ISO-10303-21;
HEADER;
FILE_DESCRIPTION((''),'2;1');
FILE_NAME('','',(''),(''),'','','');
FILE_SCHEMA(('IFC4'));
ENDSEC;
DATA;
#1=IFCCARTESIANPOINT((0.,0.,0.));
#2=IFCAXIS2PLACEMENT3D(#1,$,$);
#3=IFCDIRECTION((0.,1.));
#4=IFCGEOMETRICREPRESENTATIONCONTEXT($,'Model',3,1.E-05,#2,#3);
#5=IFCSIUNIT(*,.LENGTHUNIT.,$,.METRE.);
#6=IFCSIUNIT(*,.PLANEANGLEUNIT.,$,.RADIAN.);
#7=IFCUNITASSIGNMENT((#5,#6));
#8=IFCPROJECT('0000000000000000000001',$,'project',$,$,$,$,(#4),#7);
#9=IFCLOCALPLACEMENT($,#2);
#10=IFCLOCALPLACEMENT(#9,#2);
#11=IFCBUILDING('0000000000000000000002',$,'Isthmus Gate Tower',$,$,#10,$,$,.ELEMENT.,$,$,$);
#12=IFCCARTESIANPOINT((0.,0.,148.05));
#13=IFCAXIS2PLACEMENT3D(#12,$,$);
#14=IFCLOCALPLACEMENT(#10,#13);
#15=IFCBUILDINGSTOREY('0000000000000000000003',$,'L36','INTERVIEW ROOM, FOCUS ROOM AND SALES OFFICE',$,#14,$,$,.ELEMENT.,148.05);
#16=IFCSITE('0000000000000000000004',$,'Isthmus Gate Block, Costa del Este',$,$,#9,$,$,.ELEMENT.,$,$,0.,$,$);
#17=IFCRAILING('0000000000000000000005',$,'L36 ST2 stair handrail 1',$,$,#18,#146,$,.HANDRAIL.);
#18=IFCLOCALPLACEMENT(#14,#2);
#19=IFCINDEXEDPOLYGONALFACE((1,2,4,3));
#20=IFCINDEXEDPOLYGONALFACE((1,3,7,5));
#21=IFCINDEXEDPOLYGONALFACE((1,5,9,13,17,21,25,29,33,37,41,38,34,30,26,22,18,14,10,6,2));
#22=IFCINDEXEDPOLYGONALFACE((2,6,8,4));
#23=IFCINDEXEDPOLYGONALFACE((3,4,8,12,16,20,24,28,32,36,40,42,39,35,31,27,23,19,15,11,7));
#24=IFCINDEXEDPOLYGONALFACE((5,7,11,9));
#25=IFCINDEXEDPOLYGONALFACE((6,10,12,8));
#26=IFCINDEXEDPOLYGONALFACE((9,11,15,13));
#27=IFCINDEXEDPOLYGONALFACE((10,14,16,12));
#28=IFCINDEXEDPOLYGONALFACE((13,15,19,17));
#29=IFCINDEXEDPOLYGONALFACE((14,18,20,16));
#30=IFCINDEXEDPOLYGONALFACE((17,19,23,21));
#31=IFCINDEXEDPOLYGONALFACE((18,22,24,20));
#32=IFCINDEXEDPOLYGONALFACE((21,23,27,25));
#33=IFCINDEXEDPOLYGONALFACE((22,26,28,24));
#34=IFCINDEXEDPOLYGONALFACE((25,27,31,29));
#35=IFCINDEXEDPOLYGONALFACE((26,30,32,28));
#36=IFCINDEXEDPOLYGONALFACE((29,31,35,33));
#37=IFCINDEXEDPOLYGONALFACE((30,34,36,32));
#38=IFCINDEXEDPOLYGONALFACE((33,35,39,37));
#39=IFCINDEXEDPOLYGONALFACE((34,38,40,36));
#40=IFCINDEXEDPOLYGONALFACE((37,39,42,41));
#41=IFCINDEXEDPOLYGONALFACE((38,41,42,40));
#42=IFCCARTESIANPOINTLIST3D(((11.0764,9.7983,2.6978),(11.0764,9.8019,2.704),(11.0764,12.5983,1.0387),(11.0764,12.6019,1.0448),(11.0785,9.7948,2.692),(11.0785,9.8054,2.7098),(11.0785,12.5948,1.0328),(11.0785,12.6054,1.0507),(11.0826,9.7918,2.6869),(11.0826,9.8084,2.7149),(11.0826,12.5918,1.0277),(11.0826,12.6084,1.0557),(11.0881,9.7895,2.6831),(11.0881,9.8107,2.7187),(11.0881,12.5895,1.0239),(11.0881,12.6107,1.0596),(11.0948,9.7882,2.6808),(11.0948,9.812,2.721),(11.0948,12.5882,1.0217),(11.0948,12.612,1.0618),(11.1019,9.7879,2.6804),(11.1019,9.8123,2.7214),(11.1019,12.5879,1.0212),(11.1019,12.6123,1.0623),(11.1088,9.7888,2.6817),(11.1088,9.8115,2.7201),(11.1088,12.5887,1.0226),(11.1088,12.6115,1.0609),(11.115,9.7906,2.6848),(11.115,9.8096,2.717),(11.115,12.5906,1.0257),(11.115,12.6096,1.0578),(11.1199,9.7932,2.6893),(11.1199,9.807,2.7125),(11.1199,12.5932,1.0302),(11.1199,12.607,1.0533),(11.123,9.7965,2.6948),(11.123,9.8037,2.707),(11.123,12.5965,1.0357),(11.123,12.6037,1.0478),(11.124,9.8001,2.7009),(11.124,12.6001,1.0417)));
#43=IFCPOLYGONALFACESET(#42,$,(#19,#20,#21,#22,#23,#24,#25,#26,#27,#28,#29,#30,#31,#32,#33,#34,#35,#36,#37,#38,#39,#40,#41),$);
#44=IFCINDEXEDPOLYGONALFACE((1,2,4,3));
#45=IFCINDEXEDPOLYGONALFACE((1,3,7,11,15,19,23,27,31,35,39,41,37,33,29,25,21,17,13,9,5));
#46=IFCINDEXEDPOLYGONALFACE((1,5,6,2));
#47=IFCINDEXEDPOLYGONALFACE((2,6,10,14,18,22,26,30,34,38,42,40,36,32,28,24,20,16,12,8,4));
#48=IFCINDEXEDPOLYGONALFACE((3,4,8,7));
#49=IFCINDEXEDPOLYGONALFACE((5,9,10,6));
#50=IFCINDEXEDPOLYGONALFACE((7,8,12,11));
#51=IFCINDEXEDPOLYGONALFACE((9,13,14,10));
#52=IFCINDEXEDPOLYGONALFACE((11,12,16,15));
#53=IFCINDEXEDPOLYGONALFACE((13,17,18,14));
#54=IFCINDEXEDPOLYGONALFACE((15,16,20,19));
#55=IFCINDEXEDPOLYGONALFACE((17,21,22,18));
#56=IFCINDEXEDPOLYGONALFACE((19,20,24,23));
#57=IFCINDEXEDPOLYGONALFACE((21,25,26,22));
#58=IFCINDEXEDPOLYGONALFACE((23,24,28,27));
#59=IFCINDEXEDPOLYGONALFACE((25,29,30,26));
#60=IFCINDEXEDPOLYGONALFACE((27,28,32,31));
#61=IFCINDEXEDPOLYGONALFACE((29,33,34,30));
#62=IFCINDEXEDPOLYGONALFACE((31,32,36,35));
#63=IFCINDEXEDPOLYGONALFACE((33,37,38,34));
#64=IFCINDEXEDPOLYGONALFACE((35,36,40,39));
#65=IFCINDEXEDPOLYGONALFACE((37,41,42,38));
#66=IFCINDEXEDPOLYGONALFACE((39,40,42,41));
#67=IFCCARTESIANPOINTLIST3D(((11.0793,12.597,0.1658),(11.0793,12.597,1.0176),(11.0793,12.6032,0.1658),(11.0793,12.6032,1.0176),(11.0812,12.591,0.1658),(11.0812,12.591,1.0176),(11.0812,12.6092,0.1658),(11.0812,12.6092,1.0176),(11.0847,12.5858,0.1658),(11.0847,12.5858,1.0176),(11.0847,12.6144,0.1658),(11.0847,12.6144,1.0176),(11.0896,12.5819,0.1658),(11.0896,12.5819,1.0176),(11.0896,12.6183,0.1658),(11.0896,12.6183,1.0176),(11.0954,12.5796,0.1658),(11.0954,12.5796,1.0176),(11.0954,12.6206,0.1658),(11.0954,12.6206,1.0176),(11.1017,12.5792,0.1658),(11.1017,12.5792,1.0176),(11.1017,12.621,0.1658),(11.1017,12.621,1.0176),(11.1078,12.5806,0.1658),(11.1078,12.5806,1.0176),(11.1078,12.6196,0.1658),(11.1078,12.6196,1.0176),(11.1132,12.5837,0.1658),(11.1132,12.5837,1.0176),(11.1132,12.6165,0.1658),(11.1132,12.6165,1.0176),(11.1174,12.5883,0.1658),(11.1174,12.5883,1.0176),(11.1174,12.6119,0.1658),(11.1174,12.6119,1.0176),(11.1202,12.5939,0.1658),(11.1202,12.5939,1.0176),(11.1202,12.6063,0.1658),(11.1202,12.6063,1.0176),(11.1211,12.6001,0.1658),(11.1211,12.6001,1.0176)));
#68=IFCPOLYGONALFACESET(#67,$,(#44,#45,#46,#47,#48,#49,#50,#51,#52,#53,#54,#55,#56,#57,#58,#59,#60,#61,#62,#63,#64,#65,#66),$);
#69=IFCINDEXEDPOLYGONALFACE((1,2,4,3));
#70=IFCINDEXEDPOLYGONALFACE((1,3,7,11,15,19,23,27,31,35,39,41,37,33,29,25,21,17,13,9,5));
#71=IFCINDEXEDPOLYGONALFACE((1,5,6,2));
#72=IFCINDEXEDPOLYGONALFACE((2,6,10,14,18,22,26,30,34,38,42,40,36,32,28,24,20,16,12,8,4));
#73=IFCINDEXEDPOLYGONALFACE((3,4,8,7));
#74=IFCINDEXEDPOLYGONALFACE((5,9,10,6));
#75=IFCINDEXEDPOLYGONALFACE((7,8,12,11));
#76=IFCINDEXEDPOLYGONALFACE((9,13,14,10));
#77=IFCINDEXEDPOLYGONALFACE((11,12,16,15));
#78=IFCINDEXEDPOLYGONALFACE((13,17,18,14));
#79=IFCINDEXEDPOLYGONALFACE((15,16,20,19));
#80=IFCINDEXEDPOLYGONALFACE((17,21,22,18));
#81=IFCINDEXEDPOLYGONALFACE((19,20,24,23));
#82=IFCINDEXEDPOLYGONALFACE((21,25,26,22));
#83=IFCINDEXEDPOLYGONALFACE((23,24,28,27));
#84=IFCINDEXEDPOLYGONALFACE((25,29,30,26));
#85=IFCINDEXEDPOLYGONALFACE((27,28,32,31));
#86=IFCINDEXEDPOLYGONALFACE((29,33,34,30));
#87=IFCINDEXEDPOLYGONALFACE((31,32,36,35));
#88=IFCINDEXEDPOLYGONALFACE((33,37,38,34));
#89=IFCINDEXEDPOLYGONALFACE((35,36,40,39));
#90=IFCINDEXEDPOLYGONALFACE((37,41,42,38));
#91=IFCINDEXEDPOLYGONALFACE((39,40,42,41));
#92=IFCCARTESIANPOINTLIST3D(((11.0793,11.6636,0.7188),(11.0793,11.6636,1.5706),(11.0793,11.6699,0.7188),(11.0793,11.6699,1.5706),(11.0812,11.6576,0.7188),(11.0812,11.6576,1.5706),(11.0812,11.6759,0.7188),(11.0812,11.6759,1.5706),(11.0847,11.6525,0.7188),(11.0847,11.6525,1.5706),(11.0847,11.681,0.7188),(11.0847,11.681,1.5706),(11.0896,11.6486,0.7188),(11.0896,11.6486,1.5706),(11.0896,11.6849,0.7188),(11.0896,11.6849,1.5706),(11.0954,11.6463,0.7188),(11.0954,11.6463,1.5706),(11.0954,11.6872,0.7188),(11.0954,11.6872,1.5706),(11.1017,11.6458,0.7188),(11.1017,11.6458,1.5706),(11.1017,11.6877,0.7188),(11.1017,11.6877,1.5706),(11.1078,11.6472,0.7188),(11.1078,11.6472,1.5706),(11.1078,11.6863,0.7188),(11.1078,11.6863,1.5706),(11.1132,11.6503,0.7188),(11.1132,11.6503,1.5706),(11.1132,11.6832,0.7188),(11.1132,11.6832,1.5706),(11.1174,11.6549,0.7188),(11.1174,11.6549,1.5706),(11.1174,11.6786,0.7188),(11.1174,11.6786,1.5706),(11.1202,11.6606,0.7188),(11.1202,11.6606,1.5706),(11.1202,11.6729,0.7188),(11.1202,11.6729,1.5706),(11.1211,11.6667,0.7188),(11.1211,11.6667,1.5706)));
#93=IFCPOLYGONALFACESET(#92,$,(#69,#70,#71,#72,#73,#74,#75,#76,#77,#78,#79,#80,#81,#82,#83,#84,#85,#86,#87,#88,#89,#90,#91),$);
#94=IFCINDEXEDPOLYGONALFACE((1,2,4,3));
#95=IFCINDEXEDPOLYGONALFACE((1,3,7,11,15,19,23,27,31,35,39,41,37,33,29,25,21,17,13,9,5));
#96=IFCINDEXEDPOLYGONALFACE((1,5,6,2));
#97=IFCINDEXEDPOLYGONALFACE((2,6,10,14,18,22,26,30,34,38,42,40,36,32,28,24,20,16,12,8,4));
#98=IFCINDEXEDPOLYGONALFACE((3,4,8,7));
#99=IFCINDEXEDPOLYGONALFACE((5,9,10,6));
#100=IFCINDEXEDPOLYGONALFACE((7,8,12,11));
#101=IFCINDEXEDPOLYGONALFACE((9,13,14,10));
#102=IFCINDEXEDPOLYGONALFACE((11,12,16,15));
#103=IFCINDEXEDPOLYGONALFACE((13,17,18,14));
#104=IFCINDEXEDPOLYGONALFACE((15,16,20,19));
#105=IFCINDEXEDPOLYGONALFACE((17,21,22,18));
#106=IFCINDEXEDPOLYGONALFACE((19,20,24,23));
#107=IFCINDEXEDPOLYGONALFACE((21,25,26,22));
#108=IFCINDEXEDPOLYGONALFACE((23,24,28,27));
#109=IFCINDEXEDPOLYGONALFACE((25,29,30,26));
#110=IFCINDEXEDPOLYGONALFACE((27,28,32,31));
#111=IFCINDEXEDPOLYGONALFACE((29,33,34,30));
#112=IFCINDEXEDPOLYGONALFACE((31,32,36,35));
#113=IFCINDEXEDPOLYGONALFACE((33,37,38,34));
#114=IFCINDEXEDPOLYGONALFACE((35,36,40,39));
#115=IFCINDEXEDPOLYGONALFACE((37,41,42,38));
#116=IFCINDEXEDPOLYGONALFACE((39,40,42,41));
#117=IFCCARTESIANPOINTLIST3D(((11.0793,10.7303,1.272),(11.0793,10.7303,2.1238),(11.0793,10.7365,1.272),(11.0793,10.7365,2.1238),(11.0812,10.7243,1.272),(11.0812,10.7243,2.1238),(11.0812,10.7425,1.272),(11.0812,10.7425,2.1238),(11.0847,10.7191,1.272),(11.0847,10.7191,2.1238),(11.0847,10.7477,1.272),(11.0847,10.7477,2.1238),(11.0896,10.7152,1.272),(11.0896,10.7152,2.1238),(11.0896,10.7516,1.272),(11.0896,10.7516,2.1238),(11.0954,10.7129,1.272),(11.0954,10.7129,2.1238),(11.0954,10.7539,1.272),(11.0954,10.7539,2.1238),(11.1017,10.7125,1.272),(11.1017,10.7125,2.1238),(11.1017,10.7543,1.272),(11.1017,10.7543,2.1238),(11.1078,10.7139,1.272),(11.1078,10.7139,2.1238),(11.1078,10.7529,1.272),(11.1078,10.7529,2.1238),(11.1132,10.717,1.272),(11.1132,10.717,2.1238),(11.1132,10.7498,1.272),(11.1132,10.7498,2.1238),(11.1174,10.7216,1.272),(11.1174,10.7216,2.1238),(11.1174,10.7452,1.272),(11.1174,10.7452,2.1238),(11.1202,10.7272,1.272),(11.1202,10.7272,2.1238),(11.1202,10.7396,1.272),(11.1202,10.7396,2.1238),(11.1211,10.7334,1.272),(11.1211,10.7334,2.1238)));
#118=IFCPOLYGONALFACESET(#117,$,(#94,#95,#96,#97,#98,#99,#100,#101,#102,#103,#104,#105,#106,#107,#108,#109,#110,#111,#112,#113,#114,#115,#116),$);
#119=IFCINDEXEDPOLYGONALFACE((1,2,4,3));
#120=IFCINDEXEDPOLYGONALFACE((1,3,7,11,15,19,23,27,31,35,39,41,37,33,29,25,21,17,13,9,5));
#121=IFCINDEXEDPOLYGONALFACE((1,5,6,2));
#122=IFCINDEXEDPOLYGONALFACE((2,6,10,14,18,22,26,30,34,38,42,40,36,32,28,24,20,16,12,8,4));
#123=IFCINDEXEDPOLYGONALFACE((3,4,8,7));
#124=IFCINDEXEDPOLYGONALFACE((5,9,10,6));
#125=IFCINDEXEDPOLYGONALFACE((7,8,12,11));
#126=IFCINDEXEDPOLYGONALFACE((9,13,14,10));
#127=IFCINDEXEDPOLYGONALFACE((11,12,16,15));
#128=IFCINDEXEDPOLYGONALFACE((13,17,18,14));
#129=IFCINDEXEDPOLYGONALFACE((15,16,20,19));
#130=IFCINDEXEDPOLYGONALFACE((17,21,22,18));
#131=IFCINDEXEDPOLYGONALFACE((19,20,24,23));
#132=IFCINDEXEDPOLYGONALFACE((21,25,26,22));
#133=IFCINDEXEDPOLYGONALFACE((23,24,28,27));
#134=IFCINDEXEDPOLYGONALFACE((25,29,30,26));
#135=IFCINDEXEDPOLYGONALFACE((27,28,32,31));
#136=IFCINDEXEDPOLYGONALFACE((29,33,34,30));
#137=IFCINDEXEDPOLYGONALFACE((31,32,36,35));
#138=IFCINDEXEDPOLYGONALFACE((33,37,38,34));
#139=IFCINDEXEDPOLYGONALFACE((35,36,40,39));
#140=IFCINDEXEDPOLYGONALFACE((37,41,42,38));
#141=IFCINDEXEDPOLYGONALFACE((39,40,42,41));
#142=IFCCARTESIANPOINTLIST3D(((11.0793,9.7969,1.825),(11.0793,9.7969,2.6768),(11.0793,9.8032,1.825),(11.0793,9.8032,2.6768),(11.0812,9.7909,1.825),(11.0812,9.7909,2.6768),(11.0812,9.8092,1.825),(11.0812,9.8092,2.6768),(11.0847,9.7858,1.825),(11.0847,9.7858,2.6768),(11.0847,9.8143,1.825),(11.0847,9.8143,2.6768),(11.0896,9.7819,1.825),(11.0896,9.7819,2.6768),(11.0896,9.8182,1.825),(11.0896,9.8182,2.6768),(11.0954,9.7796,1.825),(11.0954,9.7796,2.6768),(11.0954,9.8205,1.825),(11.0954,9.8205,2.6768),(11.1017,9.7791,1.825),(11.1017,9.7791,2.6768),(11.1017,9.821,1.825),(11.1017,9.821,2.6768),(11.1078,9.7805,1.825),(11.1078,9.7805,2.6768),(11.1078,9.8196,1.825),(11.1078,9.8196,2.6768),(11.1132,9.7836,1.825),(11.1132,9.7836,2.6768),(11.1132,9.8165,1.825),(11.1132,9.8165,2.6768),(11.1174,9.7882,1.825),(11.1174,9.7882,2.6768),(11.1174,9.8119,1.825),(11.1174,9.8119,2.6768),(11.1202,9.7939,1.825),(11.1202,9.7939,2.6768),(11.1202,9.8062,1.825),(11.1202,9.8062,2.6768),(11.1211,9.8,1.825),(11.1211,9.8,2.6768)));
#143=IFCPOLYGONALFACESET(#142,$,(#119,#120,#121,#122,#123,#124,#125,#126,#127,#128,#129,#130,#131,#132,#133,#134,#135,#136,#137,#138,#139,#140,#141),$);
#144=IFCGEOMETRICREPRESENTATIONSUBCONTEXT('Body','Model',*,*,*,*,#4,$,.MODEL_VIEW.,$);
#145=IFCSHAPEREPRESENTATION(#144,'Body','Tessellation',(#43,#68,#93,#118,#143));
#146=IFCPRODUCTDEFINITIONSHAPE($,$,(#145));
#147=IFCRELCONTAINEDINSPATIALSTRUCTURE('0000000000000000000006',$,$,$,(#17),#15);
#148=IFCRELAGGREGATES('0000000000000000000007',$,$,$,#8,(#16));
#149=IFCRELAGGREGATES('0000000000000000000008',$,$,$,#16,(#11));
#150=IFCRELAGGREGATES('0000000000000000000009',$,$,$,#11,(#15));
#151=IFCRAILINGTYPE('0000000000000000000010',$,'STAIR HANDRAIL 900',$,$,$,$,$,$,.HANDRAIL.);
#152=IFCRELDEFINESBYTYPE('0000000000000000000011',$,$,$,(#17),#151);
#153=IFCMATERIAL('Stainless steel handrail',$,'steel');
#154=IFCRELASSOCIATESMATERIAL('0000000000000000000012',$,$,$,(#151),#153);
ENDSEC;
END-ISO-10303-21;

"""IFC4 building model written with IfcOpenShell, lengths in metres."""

from ifc_helpers import new_model, si_unit, direction, frame, origin, origin_2d, place, context, subcontext, project, spatial, circle, extrude, material, type_object, element, save


model = new_model("IFC4")

# Units and contexts
model_context = context("Model", 3, precision=1e-05, world=origin(), true_north=direction((0.0, 1.0)))
body_context = subcontext(model_context, "Body", "Model", "MODEL_VIEW")
ifc_project = project(units=[si_unit("LENGTHUNIT", "METRE"), si_unit("PLANEANGLEUNIT", "RADIAN")], contexts=[model_context])

# Site, building, storey
site_placement = place(None, origin())
site = spatial("IfcSite", under=ifc_project, at=site_placement, Name="Isthmus Gate Block, Costa del Este", CompositionType="ELEMENT", RefElevation=0.0)
building_placement = place(site_placement, origin())
building = spatial("IfcBuilding", under=site, at=building_placement, Name="Isthmus Gate Tower", CompositionType="ELEMENT")
storey_placement = place(building_placement, frame((0.0, 0.0, 148.05)))
storey = spatial("IfcBuildingStorey", under=building, at=storey_placement, Name="L36", Description="INTERVIEW ROOM, FOCUS ROOM AND SALES OFFICE", CompositionType="ELEMENT", Elevation=148.05)

# Railing
ifc_material_1 = material(Name="Stainless steel handrail", Category="steel")
railing_type_1 = type_object("IfcRailingType", Name="STAIR HANDRAIL 900", PredefinedType="HANDRAIL", material=ifc_material_1)
railing_1_placement = place(storey_placement, frame((11.1001, 12.6001, 0.1658)))
element("IfcRailing", 1, at=railing_1_placement, inside=storey, type_object=railing_type_1, Name="L36 ST2 stair handrail 1", PredefinedType="HANDRAIL", context=body_context, shape_type="SweptSolid", body=[
    extrude(circle(Radius=0.0239, at=origin_2d()), frame((0.0, 0.0, 0.876), z_axis=(0.0, -0.860306, 0.509778), x_axis=(1.0, 0.0, 0.0)), (0.0, 0.0, 1.0), 3.2546),
    extrude(circle(Radius=0.021, at=origin_2d()), origin(), (0.0, 0.0, 1.0), 0.8518),
    extrude(circle(Radius=0.021, at=origin_2d()), frame((0.0, -0.9333, 0.553)), (0.0, 0.0, 1.0), 0.8518),
    extrude(circle(Radius=0.021, at=origin_2d()), frame((0.0, -1.8667, 1.1062)), (0.0, 0.0, 1.0), 0.8518),
    extrude(circle(Radius=0.021, at=origin_2d()), frame((0.0, -2.8, 1.6592)), (0.0, 0.0, 1.0), 0.8518),
])

save(model, "model.ifc")
